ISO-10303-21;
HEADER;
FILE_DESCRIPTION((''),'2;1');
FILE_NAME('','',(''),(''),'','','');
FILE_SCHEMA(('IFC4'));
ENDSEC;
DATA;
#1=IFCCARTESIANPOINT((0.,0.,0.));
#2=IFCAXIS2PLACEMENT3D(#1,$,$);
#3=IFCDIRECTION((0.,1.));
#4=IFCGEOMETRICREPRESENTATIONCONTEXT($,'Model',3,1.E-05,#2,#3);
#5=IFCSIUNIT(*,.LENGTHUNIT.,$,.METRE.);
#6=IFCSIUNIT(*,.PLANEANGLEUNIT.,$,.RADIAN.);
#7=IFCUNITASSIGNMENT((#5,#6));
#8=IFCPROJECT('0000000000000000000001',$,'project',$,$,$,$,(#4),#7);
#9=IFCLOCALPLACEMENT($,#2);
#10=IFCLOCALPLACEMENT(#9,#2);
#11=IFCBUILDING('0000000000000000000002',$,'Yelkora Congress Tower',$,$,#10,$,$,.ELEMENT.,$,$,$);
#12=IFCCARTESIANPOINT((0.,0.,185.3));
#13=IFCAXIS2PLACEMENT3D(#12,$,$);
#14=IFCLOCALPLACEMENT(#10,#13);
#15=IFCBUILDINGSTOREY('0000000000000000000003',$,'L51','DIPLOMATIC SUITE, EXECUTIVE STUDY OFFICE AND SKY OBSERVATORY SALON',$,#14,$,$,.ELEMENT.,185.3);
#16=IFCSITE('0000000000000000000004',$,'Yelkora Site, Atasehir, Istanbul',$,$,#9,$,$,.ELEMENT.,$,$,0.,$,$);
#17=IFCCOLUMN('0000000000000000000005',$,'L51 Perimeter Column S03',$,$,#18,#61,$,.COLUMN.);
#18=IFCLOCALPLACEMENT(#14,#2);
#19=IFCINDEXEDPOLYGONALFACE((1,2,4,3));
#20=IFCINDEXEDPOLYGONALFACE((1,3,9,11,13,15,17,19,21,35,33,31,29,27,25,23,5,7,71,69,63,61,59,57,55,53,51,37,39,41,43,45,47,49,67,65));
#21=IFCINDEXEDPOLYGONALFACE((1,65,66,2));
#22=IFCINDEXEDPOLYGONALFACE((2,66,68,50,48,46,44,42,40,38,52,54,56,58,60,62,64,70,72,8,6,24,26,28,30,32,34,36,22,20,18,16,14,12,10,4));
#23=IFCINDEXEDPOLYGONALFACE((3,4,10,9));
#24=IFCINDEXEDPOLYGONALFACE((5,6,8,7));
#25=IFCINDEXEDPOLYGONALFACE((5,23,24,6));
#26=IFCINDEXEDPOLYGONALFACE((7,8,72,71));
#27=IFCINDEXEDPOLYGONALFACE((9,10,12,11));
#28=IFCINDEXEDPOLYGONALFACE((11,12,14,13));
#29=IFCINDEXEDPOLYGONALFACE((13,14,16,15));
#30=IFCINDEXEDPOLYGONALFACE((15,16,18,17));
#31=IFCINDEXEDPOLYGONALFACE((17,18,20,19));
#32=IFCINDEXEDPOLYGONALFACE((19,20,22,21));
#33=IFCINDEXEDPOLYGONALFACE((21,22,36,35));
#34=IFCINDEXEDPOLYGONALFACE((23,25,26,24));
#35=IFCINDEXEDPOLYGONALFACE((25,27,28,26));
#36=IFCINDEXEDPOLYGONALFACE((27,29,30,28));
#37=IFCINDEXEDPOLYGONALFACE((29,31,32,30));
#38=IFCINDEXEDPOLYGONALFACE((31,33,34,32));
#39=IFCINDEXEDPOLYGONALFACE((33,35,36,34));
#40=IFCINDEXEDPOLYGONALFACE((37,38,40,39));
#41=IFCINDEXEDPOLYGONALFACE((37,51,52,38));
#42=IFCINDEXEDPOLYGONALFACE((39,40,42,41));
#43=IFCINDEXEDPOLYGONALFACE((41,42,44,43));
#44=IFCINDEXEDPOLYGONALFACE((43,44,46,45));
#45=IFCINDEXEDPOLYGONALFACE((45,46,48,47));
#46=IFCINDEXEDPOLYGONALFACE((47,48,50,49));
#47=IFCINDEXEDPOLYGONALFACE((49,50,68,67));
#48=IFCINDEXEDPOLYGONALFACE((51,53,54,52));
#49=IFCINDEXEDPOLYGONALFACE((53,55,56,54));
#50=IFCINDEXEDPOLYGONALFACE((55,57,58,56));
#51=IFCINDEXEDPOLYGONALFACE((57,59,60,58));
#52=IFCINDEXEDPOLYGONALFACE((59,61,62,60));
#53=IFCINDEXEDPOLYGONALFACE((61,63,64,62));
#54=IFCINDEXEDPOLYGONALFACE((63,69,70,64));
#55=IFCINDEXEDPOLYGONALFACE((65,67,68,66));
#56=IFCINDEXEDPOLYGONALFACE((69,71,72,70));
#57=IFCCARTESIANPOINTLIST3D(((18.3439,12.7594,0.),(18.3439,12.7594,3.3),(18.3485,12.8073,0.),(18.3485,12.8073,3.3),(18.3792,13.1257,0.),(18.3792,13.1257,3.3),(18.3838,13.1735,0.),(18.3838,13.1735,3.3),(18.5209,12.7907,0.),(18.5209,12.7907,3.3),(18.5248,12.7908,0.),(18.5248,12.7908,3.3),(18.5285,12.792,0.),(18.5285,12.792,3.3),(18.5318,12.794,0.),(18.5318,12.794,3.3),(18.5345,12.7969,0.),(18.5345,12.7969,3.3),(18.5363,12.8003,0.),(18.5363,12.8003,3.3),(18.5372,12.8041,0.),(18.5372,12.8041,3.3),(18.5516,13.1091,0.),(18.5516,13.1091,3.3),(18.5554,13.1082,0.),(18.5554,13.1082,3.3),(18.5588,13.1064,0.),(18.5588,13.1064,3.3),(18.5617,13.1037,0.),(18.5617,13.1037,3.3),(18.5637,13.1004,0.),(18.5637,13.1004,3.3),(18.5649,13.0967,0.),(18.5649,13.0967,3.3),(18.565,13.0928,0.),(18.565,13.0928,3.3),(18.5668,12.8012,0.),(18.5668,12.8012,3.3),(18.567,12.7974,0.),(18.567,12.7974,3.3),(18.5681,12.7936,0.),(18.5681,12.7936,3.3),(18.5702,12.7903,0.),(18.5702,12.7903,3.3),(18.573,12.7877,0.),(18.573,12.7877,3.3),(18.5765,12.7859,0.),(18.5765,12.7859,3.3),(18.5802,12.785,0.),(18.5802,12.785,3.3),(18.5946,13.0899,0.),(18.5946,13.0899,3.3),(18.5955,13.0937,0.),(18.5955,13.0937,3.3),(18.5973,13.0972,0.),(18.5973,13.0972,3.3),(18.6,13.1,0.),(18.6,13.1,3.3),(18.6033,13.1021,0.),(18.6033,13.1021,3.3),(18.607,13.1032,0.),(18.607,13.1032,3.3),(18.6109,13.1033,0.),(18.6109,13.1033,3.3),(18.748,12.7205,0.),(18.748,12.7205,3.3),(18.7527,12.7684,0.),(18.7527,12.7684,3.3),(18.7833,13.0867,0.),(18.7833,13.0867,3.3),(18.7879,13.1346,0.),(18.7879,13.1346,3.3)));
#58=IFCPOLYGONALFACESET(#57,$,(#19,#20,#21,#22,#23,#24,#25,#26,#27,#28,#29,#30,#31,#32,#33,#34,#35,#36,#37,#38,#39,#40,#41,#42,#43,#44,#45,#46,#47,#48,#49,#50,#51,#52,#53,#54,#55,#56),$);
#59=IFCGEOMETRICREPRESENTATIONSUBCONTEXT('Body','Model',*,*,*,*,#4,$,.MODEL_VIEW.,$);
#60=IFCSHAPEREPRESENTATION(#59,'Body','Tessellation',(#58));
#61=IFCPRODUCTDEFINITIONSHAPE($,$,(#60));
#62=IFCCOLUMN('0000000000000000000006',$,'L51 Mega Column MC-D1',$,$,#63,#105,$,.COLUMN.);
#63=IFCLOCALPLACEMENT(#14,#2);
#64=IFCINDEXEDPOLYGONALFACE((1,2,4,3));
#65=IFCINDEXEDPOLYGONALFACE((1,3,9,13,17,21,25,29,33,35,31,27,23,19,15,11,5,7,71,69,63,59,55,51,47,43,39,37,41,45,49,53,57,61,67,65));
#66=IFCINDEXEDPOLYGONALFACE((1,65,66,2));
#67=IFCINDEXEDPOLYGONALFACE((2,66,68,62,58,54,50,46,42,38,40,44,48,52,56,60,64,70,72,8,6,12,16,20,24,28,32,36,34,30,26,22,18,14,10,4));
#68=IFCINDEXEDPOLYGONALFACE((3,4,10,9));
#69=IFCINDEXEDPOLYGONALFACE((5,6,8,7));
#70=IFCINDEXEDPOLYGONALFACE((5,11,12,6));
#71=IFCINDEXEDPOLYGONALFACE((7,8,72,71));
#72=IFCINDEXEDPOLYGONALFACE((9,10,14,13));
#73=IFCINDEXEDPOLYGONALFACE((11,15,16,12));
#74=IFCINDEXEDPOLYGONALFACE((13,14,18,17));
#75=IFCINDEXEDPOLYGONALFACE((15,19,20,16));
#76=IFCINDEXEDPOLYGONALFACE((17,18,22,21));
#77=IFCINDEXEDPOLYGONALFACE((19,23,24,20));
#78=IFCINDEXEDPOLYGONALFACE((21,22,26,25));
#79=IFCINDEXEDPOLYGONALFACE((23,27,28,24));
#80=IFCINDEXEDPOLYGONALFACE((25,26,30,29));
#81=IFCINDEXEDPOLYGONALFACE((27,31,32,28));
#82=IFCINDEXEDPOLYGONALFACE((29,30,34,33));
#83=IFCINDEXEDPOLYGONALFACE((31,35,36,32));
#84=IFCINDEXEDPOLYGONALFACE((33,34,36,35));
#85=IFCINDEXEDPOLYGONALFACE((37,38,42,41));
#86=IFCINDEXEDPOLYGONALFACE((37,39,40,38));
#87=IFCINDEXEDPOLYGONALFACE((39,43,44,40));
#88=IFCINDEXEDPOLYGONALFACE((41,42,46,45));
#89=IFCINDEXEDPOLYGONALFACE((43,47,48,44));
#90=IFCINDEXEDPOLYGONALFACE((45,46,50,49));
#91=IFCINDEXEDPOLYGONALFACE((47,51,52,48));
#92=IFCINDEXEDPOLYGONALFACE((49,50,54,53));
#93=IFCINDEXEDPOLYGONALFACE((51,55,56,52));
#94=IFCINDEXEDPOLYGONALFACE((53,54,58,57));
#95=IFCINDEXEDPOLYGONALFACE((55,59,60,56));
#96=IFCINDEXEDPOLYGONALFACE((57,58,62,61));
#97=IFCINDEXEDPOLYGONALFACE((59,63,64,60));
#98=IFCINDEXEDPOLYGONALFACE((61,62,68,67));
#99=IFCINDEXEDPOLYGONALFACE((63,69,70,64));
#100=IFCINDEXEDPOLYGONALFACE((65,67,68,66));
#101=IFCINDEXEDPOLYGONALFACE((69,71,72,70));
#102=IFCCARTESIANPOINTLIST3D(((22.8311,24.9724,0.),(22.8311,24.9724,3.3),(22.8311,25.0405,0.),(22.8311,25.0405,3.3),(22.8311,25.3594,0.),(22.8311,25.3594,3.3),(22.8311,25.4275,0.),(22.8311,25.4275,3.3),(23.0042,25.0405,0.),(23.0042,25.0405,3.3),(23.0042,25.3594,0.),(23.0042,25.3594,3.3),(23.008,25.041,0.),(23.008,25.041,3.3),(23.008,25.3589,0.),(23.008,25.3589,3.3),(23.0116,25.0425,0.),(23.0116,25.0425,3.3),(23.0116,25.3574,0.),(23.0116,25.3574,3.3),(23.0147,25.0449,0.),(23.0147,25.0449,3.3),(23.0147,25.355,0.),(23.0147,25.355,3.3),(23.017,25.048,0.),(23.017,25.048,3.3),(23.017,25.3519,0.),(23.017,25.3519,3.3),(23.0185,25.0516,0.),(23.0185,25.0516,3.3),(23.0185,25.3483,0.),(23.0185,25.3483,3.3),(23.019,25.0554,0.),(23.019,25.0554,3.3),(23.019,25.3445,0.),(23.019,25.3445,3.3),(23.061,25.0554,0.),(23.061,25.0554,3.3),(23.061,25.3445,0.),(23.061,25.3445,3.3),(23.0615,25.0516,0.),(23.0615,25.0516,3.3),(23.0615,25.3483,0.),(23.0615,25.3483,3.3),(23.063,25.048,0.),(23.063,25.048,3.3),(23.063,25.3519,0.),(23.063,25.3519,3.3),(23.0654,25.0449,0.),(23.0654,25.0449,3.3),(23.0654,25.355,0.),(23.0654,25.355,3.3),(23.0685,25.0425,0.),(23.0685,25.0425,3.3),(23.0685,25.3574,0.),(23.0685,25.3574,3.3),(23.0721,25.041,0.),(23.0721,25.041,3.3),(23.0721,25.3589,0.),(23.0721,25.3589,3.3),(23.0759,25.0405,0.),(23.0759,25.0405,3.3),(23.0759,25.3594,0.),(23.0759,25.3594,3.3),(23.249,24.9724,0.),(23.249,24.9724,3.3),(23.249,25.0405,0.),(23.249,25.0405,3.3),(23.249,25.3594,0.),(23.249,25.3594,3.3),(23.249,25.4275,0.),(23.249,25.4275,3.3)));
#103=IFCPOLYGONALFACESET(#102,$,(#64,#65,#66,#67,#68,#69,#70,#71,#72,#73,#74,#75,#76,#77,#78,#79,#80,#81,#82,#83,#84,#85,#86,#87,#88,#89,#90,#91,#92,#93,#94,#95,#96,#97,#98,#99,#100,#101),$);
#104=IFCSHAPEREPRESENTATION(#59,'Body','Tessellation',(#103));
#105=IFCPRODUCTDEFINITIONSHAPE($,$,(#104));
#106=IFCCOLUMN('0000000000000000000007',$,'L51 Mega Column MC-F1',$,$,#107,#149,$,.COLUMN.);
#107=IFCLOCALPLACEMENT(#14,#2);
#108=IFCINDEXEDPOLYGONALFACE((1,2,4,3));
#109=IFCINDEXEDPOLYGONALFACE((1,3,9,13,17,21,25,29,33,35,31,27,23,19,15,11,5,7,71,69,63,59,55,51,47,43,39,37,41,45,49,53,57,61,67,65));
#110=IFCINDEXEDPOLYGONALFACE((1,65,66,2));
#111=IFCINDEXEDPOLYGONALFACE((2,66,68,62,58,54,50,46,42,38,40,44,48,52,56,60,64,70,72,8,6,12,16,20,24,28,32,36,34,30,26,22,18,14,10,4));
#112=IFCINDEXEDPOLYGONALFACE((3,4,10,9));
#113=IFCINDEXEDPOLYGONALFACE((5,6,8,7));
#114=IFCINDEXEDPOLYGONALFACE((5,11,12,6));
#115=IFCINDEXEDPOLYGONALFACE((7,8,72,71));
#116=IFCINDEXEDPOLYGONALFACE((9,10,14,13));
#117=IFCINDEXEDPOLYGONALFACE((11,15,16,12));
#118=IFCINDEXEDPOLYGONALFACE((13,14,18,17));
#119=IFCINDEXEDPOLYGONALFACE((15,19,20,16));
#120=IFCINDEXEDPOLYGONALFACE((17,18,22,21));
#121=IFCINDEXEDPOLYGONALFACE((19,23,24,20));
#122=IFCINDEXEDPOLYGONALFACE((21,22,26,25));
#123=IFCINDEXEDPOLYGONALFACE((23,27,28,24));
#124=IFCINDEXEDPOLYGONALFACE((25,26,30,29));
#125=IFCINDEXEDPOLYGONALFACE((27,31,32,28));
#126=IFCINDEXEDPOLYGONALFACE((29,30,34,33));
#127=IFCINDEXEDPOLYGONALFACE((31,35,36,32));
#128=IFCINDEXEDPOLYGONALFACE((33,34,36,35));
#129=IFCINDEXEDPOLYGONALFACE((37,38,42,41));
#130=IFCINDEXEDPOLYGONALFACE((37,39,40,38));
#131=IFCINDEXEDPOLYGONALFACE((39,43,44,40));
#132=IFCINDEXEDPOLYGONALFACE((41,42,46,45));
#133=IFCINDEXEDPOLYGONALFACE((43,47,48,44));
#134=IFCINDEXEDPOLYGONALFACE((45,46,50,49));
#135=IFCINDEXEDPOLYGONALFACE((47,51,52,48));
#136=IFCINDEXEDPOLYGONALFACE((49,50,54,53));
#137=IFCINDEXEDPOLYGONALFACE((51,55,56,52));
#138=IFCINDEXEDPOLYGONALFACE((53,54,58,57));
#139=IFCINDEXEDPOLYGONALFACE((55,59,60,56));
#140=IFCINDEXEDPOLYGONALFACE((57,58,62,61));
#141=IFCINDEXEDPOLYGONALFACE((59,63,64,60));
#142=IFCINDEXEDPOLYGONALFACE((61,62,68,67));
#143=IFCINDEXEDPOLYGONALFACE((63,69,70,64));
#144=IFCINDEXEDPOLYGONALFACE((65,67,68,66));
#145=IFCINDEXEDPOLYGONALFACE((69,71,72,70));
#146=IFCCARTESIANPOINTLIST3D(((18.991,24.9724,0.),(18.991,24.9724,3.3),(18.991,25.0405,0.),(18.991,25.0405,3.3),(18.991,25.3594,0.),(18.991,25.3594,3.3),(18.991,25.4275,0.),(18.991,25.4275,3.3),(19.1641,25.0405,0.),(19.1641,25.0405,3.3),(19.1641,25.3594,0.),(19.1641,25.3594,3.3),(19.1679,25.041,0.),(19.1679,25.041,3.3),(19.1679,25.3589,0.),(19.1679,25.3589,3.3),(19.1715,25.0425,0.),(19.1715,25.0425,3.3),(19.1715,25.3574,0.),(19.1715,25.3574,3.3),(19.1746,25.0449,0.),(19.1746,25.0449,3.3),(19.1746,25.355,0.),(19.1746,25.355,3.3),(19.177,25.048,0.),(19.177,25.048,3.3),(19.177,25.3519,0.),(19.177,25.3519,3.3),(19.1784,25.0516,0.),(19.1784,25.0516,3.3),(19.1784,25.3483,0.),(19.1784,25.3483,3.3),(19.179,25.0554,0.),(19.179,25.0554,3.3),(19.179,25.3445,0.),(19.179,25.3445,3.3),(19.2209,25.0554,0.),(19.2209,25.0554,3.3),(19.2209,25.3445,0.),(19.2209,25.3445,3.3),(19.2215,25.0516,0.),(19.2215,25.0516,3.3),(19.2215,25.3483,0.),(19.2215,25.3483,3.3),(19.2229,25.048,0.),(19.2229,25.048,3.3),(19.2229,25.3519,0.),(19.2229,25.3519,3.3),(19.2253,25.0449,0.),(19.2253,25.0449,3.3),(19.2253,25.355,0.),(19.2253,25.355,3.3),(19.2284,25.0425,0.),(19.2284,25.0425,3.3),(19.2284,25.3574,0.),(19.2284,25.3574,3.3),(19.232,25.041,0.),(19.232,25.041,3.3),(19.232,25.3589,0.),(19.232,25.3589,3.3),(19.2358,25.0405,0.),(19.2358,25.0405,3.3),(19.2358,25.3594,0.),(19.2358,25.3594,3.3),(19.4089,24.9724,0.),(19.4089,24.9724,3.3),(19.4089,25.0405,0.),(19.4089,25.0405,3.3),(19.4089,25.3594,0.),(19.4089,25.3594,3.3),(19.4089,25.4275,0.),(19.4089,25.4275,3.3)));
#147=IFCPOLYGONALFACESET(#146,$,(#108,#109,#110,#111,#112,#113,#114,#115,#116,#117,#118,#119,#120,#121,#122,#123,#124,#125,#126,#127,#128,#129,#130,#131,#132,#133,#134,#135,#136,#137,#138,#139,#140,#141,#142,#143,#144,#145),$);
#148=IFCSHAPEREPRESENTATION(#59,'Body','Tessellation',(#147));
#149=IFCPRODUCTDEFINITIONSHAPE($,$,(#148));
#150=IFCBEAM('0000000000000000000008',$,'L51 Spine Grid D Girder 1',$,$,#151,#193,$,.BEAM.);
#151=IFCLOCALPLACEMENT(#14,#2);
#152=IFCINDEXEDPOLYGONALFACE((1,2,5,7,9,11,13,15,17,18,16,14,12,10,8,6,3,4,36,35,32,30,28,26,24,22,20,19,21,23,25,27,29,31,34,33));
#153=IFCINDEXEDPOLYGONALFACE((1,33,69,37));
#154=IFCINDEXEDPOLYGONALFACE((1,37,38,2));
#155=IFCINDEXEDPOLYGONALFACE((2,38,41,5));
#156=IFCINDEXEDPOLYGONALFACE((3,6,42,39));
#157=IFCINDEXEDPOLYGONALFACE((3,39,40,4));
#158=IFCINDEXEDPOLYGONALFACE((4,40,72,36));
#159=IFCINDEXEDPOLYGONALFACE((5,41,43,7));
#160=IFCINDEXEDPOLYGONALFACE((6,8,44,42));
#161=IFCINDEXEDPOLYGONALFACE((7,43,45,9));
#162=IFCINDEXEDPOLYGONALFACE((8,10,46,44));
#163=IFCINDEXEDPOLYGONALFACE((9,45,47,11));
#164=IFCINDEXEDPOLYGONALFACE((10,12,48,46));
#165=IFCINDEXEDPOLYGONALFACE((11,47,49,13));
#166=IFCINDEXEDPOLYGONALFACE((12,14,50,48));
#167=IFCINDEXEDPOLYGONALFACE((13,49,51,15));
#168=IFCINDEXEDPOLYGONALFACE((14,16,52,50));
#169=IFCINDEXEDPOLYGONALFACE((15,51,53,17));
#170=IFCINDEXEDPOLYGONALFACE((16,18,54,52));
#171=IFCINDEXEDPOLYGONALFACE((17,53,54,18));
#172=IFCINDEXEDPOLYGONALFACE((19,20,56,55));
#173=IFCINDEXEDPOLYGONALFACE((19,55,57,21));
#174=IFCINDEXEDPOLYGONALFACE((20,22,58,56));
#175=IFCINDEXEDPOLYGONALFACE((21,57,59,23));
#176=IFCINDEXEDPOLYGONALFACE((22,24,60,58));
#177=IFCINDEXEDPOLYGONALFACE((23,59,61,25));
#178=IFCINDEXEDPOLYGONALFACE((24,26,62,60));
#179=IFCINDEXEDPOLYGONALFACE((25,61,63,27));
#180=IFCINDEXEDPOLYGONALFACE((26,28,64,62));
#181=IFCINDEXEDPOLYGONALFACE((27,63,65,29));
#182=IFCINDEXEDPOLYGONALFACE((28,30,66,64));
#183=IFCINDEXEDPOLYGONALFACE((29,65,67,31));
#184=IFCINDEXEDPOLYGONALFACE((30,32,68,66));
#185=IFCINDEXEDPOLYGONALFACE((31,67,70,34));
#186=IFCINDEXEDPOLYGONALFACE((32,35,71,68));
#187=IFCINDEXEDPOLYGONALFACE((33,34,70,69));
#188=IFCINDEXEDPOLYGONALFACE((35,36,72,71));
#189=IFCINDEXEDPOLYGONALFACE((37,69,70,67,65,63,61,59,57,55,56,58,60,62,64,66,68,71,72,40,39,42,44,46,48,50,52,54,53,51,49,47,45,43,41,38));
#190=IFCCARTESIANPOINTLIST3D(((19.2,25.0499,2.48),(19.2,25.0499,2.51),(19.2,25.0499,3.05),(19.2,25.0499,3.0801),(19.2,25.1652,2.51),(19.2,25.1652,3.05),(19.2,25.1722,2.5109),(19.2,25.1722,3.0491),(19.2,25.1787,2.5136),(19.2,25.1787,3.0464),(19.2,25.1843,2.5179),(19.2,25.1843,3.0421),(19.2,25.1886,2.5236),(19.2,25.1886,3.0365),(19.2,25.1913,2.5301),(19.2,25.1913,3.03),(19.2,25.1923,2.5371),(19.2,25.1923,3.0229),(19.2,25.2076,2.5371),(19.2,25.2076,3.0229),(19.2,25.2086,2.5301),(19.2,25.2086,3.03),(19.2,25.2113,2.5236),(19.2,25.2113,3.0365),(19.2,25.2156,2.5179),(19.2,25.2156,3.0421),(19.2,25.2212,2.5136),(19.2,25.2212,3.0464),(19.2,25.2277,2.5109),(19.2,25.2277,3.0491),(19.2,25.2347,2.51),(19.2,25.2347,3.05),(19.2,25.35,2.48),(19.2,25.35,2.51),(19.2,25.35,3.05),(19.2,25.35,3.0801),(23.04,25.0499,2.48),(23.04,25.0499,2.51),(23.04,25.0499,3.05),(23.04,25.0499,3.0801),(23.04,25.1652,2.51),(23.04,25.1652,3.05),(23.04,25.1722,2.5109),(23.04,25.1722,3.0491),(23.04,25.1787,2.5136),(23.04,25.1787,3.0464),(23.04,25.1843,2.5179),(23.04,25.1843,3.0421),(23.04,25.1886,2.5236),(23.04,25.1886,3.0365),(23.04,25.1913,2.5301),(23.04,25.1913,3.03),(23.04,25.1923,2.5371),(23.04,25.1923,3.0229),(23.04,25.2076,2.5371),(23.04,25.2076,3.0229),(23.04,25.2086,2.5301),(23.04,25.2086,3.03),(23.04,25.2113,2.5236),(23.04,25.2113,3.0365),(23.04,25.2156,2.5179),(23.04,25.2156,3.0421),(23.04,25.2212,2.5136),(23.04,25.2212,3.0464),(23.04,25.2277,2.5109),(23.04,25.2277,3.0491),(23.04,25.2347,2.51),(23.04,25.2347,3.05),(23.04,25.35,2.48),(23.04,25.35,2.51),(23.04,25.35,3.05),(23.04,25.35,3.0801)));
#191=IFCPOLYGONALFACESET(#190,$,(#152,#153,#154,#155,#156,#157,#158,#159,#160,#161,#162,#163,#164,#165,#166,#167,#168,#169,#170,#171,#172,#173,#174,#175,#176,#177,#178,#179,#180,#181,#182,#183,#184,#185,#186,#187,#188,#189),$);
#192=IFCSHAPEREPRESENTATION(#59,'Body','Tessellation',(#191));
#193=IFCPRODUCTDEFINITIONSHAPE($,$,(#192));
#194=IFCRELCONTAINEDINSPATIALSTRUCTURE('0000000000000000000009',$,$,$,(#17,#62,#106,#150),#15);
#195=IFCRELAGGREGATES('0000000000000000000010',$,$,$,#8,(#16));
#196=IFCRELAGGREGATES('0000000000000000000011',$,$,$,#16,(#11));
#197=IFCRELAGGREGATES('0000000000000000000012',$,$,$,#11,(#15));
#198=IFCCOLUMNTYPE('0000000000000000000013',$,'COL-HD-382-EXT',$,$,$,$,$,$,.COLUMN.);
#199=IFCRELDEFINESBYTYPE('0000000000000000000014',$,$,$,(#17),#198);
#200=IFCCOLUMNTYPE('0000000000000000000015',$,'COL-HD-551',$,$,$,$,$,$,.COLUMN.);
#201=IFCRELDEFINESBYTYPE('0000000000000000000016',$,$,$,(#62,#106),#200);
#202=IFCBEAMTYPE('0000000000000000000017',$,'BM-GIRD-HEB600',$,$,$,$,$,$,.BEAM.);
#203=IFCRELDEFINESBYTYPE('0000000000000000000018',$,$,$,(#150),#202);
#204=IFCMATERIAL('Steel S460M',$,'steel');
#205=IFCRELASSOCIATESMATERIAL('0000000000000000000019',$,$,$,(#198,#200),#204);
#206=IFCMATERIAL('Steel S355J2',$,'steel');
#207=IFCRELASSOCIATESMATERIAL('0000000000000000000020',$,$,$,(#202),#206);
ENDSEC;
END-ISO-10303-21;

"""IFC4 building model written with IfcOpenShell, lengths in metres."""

from ifc_helpers import new_model, si_unit, direction, frame, origin, origin_2d, place, context, subcontext, project, spatial, i_section, extrude, material, material_profile, profile_set, type_object, element, save


model = new_model("IFC4")

# Units and contexts
model_context = context("Model", 3, precision=1e-05, world=origin(), true_north=direction((0.0, 1.0)))
body_context = subcontext(model_context, "Body", "Model", "MODEL_VIEW")
ifc_project = project(units=[si_unit("LENGTHUNIT", "METRE"), si_unit("PLANEANGLEUNIT", "RADIAN")], contexts=[model_context])

# Site, building, storey
site_placement = place(None, origin())
site = spatial("IfcSite", under=ifc_project, at=site_placement, Name="Yelkora Site, Atasehir, Istanbul", CompositionType="ELEMENT", RefElevation=0.0)
building_placement = place(site_placement, origin())
building = spatial("IfcBuilding", under=site, at=building_placement, Name="Yelkora Congress Tower", CompositionType="ELEMENT")
storey_placement = place(building_placement, frame((0.0, 0.0, 185.3)))
storey = spatial("IfcBuildingStorey", under=building, at=storey_placement, Name="L51", Description="DIPLOMATIC SUITE, EXECUTIVE STUDY OFFICE AND SKY OBSERVATORY SALON", CompositionType="ELEMENT", Elevation=185.3)

# Columns
ifc_material_1 = material(Name="Steel S460M", Category="steel")
ifc_material_profile_1 = material_profile(ifc_material_1, i_section(OverallWidth=0.406, OverallDepth=0.416, WebThickness=0.0298, FlangeThickness=0.0481, FilletRadius=0.0149, at=origin_2d()), Name="HD 400x382")
ifc_profile_set_1 = profile_set([ifc_material_profile_1], Name="Steel S460M")
column_type_1 = type_object("IfcColumnType", Name="COL-HD-382-EXT", PredefinedType="COLUMN", material=ifc_profile_set_1)
column_placement = place(storey_placement, frame((18.5659, 12.947, 0.0), z_axis=(0.0, 0.0, 1.0), x_axis=(0.995396, -0.095846, 0.0)))
element("IfcColumn", 1, at=column_placement, inside=storey, type_object=column_type_1, Name="L51 Perimeter Column S03", PredefinedType="COLUMN", context=body_context, shape_type="SweptSolid", body=[
    extrude(i_section(OverallWidth=0.406, OverallDepth=0.416, WebThickness=0.0298, FlangeThickness=0.0481, FilletRadius=0.0149, at=origin_2d()), origin(), (0.0, 0.0, 1.0), 3.3),
])
ifc_material_profile_2 = material_profile(ifc_material_1, i_section(OverallWidth=0.418, OverallDepth=0.4551, WebThickness=0.042, FlangeThickness=0.0681, FilletRadius=0.0149, at=origin_2d()), Name="HD 400x551")
ifc_profile_set_2 = profile_set([ifc_material_profile_2], Name="Steel S460M")
column_type_2 = type_object("IfcColumnType", Name="COL-HD-551", PredefinedType="COLUMN", material=ifc_profile_set_2)
for number, where, z_axis, x_axis, name in (
    (2, (23.04, 25.2, 0.0), (0.0, 0.0, 1.0), (1.0, 0.0, 0.0), "L51 Mega Column MC-D1"),
    (3, (19.2, 25.2, 0.0), (0.0, 0.0, 1.0), (1.0, 0.0, 0.0), "L51 Mega Column MC-F1"),
):
    element("IfcColumn", number, at=place(storey_placement, frame(where, z_axis=z_axis, x_axis=x_axis)), inside=storey, type_object=column_type_2, Name=name, PredefinedType="COLUMN", context=body_context, shape_type="SweptSolid", body=[
        extrude(i_section(OverallWidth=0.418, OverallDepth=0.4551, WebThickness=0.042, FlangeThickness=0.0681, FilletRadius=0.0149, at=origin_2d()), origin(), (0.0, 0.0, 1.0), 3.3),
    ])

# Beam
ifc_material_2 = material(Name="Steel S355J2", Category="steel")
ifc_material_profile_3 = material_profile(ifc_material_2, i_section(OverallWidth=0.3, OverallDepth=0.6001, WebThickness=0.0154, FlangeThickness=0.03, FilletRadius=0.0271, at=origin_2d()), Name="HEB 600")
ifc_profile_set_3 = profile_set([ifc_material_profile_3], Name="Steel S355J2")
beam_type_1 = type_object("IfcBeamType", Name="BM-GIRD-HEB600", PredefinedType="BEAM", material=ifc_profile_set_3)
beam_1_placement = place(storey_placement, frame((19.2, 25.2, 2.78), z_axis=(1.0, 0.0, 0.0), x_axis=(0.0, 1.0, 0.0)))
element("IfcBeam", 4, at=beam_1_placement, inside=storey, type_object=beam_type_1, Name="L51 Spine Grid D Girder 1", PredefinedType="BEAM", context=body_context, shape_type="SweptSolid", body=[
    extrude(i_section(OverallWidth=0.3, OverallDepth=0.6001, WebThickness=0.0154, FlangeThickness=0.03, FilletRadius=0.0271, at=origin_2d()), origin(), (0.0, 0.0, 1.0), 3.8401),
])

save(model, "model.ifc")
